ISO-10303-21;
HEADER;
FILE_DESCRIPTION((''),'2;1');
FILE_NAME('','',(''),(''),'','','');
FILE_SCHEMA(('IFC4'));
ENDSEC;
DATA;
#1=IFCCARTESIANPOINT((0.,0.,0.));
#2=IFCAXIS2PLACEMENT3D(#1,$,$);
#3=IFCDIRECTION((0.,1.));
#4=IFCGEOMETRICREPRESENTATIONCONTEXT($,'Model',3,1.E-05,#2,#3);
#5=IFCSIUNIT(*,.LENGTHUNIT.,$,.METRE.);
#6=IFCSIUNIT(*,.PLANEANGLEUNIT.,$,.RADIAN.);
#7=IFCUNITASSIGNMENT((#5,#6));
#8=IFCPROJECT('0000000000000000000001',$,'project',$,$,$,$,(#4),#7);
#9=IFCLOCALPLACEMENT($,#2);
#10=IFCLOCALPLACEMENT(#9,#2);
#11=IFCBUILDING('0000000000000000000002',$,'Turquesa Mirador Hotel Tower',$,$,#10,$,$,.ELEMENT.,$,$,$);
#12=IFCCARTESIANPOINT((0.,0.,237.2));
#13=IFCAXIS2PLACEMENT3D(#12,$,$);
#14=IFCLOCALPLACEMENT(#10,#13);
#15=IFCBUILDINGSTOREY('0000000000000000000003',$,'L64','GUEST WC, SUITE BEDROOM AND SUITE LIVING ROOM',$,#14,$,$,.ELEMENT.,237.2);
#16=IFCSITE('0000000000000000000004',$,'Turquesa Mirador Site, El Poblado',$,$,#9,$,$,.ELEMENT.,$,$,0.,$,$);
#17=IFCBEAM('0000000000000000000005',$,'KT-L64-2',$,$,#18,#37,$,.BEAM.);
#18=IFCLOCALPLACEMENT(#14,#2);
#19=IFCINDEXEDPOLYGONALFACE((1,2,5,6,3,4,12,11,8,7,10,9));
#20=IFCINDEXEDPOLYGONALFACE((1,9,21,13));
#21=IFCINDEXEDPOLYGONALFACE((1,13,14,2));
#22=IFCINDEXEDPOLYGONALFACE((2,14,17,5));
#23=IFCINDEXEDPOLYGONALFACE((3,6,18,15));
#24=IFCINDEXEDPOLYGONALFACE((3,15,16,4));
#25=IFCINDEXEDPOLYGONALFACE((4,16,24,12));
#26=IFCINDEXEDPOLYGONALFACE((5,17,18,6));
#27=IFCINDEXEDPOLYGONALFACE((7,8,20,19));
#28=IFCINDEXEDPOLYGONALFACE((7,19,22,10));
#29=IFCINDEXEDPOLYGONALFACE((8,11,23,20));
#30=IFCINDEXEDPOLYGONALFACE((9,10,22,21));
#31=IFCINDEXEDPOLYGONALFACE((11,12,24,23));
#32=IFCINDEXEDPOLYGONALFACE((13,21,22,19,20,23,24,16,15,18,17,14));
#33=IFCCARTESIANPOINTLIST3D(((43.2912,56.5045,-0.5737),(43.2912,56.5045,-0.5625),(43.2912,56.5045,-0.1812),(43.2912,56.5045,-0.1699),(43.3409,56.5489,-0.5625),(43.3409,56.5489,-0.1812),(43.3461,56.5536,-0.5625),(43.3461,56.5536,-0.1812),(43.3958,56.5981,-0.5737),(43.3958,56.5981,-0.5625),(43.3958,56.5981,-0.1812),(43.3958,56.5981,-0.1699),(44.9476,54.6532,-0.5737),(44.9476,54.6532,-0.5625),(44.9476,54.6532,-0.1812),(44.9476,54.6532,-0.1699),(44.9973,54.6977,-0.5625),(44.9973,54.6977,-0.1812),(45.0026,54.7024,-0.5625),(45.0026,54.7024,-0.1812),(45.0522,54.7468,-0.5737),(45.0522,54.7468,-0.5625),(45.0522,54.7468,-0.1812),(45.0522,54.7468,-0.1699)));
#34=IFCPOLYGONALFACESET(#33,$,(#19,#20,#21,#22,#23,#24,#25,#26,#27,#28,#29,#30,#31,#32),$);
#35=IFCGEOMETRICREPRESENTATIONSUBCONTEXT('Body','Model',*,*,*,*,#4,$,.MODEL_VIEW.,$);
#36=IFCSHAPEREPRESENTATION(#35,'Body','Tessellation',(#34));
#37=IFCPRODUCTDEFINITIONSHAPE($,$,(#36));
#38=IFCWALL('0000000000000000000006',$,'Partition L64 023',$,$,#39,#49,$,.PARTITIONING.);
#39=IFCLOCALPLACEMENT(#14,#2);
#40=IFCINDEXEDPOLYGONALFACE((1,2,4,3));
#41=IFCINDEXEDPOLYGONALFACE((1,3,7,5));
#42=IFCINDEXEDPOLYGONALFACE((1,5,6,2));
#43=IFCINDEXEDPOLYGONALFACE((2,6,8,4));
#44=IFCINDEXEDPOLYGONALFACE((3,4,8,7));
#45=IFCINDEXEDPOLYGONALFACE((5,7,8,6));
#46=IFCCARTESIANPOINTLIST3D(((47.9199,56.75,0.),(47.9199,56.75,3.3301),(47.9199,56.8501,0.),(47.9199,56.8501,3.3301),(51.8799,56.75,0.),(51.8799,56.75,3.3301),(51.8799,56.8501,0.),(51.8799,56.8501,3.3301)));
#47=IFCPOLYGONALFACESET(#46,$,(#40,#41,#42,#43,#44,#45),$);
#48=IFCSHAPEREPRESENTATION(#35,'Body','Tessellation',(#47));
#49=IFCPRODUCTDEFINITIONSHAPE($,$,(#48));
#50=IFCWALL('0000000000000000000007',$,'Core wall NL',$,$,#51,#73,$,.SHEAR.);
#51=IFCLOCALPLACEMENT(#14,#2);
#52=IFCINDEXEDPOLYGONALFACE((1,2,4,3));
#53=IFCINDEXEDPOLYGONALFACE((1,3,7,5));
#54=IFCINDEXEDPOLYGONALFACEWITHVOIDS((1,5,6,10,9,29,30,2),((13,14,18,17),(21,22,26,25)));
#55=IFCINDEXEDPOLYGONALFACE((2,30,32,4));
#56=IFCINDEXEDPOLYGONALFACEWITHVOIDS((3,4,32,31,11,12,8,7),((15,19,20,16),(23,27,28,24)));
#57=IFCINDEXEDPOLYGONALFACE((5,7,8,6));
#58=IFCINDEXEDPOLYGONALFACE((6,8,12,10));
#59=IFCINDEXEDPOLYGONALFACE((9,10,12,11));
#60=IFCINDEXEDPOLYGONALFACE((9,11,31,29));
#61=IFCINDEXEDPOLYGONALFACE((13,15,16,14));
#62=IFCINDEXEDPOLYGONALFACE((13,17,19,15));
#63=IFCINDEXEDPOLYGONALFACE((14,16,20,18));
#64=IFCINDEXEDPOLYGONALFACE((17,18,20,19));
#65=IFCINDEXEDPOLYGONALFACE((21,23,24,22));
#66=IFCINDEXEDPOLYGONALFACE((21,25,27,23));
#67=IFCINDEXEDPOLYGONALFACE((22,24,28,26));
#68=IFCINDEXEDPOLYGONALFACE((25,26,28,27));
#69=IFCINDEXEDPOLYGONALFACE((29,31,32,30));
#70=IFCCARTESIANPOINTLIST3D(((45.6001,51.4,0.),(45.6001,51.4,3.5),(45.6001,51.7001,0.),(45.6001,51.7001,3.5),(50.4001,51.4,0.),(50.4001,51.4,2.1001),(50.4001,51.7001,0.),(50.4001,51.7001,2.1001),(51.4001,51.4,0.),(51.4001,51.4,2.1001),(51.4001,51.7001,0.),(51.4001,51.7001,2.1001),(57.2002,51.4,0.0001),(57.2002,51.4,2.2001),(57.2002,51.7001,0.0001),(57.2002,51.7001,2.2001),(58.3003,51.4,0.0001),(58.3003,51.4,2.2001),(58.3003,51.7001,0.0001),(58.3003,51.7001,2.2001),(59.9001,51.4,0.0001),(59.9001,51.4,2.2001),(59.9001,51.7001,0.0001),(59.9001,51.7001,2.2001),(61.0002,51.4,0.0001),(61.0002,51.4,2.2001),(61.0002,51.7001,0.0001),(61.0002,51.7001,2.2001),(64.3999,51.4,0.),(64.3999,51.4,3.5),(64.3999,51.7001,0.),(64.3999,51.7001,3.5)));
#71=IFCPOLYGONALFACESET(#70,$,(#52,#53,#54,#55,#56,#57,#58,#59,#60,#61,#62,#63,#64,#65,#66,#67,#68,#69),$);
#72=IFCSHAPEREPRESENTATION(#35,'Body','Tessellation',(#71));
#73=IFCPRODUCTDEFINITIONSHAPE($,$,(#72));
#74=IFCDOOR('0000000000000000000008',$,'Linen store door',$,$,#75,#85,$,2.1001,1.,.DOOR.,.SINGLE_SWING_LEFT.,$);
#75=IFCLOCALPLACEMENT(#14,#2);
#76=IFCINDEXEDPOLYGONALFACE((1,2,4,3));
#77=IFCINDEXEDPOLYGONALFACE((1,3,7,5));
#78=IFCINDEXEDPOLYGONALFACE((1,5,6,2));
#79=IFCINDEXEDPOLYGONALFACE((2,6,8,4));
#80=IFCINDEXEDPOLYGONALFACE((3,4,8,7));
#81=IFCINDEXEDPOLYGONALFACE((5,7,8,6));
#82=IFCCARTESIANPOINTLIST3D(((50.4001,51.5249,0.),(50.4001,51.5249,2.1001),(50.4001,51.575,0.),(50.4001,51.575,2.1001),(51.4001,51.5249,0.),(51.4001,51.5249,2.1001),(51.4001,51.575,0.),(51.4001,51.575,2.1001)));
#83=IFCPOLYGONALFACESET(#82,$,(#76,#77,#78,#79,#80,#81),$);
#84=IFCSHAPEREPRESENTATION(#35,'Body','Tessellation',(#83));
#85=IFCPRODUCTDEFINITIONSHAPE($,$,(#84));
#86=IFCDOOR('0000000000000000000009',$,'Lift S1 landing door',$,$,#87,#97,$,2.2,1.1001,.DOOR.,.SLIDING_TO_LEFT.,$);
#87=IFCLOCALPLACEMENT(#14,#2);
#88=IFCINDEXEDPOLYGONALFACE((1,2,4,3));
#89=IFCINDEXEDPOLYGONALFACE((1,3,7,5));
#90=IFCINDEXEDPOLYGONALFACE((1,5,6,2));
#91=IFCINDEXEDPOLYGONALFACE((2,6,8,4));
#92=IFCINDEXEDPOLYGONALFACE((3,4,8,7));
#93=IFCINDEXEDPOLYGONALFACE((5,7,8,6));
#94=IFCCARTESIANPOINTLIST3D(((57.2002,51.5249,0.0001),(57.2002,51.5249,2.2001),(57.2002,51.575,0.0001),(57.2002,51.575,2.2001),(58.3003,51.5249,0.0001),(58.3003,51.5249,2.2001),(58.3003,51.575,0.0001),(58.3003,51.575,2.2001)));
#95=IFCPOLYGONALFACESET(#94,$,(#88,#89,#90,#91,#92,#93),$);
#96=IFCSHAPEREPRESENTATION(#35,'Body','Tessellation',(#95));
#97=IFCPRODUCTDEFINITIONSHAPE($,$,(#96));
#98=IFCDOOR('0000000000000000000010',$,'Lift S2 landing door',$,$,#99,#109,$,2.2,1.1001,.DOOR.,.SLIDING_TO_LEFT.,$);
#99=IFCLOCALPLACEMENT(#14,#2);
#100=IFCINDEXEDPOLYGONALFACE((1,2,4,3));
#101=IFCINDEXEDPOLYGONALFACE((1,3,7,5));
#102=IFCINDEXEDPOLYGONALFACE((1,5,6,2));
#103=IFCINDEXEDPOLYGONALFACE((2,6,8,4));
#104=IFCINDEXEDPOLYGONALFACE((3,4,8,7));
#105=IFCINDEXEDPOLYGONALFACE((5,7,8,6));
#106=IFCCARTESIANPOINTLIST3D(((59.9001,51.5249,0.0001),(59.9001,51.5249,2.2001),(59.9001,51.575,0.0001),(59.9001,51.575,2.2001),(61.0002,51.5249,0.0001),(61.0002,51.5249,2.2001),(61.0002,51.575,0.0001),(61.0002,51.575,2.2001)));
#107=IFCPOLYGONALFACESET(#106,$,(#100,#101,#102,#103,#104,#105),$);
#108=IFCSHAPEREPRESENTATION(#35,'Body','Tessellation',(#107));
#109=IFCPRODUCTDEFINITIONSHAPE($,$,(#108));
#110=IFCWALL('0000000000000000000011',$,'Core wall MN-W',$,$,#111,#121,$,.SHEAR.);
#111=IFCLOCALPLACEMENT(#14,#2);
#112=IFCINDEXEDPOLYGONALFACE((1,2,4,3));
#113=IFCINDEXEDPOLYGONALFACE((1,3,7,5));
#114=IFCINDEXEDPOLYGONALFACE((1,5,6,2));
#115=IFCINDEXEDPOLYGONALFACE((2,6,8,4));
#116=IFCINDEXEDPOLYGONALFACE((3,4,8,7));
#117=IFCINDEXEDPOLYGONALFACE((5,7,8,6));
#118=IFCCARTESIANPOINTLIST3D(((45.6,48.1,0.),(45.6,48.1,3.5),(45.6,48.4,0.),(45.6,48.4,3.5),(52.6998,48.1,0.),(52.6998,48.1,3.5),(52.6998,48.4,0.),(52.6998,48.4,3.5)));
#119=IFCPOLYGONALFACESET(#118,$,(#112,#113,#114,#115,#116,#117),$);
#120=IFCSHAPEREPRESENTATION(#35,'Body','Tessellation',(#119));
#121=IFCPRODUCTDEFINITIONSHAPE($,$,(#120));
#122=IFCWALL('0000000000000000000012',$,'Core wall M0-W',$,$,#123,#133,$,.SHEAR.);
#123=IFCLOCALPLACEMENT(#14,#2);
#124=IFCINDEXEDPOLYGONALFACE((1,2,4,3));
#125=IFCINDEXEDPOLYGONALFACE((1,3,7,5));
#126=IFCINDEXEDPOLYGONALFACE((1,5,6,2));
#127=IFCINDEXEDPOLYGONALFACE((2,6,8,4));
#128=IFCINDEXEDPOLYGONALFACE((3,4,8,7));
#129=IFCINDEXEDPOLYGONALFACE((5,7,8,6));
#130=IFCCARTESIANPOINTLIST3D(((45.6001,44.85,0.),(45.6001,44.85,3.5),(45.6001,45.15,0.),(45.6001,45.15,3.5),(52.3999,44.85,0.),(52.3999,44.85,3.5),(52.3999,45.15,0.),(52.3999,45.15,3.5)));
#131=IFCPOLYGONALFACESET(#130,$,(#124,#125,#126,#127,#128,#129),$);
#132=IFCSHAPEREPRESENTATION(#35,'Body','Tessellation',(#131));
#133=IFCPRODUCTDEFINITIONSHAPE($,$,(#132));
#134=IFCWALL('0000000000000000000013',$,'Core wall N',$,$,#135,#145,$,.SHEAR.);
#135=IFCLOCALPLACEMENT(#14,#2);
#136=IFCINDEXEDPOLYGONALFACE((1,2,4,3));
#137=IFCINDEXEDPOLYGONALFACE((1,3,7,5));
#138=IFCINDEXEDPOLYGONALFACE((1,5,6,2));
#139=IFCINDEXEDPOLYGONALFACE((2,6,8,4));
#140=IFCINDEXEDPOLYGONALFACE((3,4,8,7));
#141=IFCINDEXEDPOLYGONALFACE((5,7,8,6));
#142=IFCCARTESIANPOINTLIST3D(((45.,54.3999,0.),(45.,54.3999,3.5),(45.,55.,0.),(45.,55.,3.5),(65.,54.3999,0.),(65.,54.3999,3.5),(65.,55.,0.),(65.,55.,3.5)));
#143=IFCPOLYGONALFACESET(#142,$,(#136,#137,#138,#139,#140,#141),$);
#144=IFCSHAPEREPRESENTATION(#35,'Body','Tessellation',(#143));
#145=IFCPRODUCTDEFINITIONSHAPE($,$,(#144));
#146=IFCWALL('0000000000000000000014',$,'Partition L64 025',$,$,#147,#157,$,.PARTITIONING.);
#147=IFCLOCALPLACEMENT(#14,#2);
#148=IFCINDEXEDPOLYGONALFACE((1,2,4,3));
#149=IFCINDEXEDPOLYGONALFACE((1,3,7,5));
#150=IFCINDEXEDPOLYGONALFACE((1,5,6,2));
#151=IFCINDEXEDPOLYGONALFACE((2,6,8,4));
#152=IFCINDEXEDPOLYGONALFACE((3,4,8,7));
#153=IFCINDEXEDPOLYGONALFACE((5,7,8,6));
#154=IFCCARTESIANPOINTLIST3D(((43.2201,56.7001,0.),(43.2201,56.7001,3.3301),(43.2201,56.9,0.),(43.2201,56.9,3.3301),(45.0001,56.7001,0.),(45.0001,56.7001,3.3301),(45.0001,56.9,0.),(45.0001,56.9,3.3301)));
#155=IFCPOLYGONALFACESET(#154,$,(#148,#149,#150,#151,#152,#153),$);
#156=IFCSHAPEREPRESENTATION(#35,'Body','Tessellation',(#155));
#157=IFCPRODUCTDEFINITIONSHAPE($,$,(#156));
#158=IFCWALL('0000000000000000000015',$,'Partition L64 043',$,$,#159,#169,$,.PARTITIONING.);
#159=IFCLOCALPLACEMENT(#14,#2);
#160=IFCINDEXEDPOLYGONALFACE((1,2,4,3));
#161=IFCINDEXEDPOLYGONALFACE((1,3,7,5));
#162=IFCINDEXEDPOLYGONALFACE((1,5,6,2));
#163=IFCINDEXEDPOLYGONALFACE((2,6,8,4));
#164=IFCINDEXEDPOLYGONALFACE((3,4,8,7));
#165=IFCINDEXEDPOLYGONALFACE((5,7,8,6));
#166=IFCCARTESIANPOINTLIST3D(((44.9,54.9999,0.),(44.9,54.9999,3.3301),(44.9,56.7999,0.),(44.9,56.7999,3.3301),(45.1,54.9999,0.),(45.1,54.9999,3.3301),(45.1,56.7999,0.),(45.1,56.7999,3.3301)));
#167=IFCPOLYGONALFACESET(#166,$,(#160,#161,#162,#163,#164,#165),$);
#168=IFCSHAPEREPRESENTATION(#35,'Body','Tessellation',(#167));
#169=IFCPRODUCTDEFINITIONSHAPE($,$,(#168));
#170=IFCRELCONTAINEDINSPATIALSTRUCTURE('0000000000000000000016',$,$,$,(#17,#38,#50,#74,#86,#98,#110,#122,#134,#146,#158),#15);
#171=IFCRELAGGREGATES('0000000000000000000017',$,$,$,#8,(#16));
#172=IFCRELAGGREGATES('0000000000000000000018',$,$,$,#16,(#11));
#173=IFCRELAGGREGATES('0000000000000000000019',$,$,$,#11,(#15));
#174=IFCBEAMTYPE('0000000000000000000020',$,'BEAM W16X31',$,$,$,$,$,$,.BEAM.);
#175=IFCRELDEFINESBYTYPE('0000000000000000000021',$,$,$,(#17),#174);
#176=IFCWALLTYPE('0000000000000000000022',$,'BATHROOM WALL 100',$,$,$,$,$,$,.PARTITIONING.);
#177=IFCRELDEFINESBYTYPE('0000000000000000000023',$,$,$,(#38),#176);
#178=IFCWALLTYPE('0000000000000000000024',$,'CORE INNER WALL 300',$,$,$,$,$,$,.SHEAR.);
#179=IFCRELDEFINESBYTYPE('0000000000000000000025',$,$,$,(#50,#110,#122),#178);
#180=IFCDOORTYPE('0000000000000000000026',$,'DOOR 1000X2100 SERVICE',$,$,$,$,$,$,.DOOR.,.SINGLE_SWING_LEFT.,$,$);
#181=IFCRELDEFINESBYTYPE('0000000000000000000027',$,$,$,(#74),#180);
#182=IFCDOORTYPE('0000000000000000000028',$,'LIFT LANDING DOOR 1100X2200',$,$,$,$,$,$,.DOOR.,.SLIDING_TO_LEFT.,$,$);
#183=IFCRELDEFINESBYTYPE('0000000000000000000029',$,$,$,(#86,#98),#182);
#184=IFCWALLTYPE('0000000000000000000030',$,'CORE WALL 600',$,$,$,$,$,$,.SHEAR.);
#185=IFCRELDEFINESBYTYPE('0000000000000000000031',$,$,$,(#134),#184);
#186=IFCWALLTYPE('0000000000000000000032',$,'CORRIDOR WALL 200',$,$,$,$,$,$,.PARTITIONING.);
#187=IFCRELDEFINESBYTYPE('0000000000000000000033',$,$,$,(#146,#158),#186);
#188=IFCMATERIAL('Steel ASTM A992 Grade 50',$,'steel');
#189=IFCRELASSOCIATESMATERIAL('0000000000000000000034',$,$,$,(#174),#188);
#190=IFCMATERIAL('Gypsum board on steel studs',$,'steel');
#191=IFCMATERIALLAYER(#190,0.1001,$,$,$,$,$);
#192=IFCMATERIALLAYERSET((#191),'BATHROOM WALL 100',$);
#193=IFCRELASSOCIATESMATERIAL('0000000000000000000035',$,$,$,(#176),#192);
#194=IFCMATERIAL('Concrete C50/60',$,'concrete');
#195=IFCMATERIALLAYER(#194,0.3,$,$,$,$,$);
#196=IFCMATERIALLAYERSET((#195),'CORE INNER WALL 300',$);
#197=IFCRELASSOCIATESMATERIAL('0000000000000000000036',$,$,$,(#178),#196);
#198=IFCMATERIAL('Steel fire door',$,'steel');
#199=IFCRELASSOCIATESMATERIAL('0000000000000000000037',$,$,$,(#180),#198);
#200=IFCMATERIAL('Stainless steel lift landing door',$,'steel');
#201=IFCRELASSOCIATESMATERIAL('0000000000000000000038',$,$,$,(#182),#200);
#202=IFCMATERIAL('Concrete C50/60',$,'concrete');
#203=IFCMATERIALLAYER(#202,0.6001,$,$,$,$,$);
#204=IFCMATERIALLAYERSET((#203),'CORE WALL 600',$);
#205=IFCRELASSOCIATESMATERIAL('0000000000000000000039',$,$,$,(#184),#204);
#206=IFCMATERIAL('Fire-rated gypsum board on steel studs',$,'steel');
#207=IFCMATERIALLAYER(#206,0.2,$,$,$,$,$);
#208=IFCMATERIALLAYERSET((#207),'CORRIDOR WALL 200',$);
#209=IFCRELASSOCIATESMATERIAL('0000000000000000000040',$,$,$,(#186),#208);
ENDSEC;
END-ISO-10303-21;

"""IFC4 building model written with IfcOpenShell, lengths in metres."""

from ifc_helpers import new_model, si_unit, direction, frame, frame_2d, origin, origin_2d, place, context, subcontext, project, spatial, rectangle, i_section, extrude, material, layer, layer_set, material_profile, profile_set, type_object, element, fill, save


model = new_model("IFC4")

# Units and contexts
model_context = context("Model", 3, precision=1e-05, world=origin(), true_north=direction((0.0, 1.0)))
body_context = subcontext(model_context, "Body", "Model", "MODEL_VIEW")
ifc_project = project(units=[si_unit("LENGTHUNIT", "METRE"), si_unit("PLANEANGLEUNIT", "RADIAN")], contexts=[model_context])

# Site, building, storey
site_placement = place(None, origin())
site = spatial("IfcSite", under=ifc_project, at=site_placement, Name="Turquesa Mirador Site, El Poblado", CompositionType="ELEMENT", RefElevation=0.0)
building_placement = place(site_placement, origin())
building = spatial("IfcBuilding", under=site, at=building_placement, Name="Turquesa Mirador Hotel Tower", CompositionType="ELEMENT")
storey_placement = place(building_placement, frame((0.0, 0.0, 237.2)))
storey = spatial("IfcBuildingStorey", under=building, at=storey_placement, Name="L64", Description="GUEST WC, SUITE BEDROOM AND SUITE LIVING ROOM", CompositionType="ELEMENT", Elevation=237.2)

# Beam
ifc_material_1 = material(Name="Steel ASTM A992 Grade 50", Category="steel")
ifc_material_profile = material_profile(ifc_material_1, i_section(OverallWidth=0.1404, OverallDepth=0.4038, WebThickness=0.0071, FlangeThickness=0.0112, at=origin_2d()), Name="W16X31")
ifc_profile_set = profile_set([ifc_material_profile], Name="Steel ASTM A992 Grade 50")
beam_type = type_object("IfcBeamType", Name="BEAM W16X31", PredefinedType="BEAM", material=ifc_profile_set)
beam_placement = place(storey_placement, frame((43.3435, 56.5513, -0.3718), z_axis=(0.666806, -0.745231, 0.0), x_axis=(0.745231, 0.666806, 0.0)))
element("IfcBeam", 1, at=beam_placement, inside=storey, type_object=beam_type, Name="KT-L64-2", PredefinedType="BEAM", context=body_context, shape_type="SweptSolid", body=[
    extrude(i_section(OverallWidth=0.1404, OverallDepth=0.4038, WebThickness=0.0071, FlangeThickness=0.0112, at=origin_2d()), origin(), (0.0, 0.0, 1.0), 2.4841),
])

# Wall
ifc_material_2 = material(Name="Gypsum board on steel studs", Category="steel")
ifc_layer_1 = layer(ifc_material_2, 0.1001)
ifc_layer_set_1 = layer_set([ifc_layer_1], Name="BATHROOM WALL 100")
wall_type_1 = type_object("IfcWallType", Name="BATHROOM WALL 100", PredefinedType="PARTITIONING", material=ifc_layer_set_1)
wall_1_placement = place(storey_placement, frame((47.9199, 56.8, 0.0), z_axis=(0.0, 0.0, 1.0), x_axis=(1.0, 0.0, 0.0)))
element("IfcWall", 2, at=wall_1_placement, inside=storey, type_object=wall_type_1, Name="Partition L64 023", PredefinedType="PARTITIONING", context=body_context, shape_type="SweptSolid", body=[
    extrude(rectangle(XDim=3.96, YDim=0.1001, at=frame_2d((1.98, 0.0))), origin(), (0.0, 0.0, 1.0), 3.3301),
])

# Wall, openings, doors
ifc_material_3 = material(Name="Concrete C50/60", Category="concrete")
ifc_layer_2 = layer(ifc_material_3, 0.3)
ifc_layer_set_2 = layer_set([ifc_layer_2], Name="CORE INNER WALL 300")
wall_type_2 = type_object("IfcWallType", Name="CORE INNER WALL 300", PredefinedType="SHEAR", material=ifc_layer_set_2)
wall_2_placement = place(storey_placement, frame((45.6001, 51.55, 0.0), z_axis=(0.0, 0.0, 1.0), x_axis=(1.0, 0.0, 0.0)))
wall_2 = element("IfcWall", 3, at=wall_2_placement, inside=storey, type_object=wall_type_2, Name="Core wall NL", PredefinedType="SHEAR", context=body_context, shape_type="SweptSolid", body=[
    extrude(rectangle(XDim=18.7998, YDim=0.3, at=frame_2d((9.3999, 0.0))), origin(), (0.0, 0.0, 1.0), 3.5),
])
opening_1_placement = place(wall_2_placement, frame((4.8, 0.0, 0.0)))
opening_1 = element("IfcOpeningElement", 4, at=opening_1_placement, cuts=wall_2, PredefinedType="OPENING", context=body_context, shape_type="SweptSolid", body=[
    extrude(rectangle(XDim=1.0, YDim=2.1001, at=frame_2d((0.5, 1.05))), frame((0.0, 0.1599, 0.0), z_axis=(0.0, -1.0, 0.0), x_axis=(1.0, 0.0, 0.0)), (0.0, 0.0, 1.0), 0.3201),
])
opening_2_placement = place(wall_2_placement, frame((11.6001, 0.0, 0.0)))
opening_2 = element("IfcOpeningElement", 5, at=opening_2_placement, cuts=wall_2, PredefinedType="OPENING", context=body_context, shape_type="SweptSolid", body=[
    extrude(rectangle(XDim=1.1001, YDim=2.2, at=frame_2d((0.55, 1.1001))), frame((0.0, 0.1599, 0.0), z_axis=(0.0, -1.0, 0.0), x_axis=(1.0, 0.0, 0.0)), (0.0, 0.0, 1.0), 0.3201),
])
opening_3_placement = place(wall_2_placement, frame((14.3, 0.0, 0.0)))
opening_3 = element("IfcOpeningElement", 6, at=opening_3_placement, cuts=wall_2, PredefinedType="OPENING", context=body_context, shape_type="SweptSolid", body=[
    extrude(rectangle(XDim=1.1001, YDim=2.2, at=frame_2d((0.55, 1.1001))), frame((0.0, 0.1599, 0.0), z_axis=(0.0, -1.0, 0.0), x_axis=(1.0, 0.0, 0.0)), (0.0, 0.0, 1.0), 0.3201),
])
ifc_material_4 = material(Name="Steel fire door", Category="steel")
door_type_1 = type_object("IfcDoorType", Name="DOOR 1000X2100 SERVICE", OperationType="SINGLE_SWING_LEFT", PredefinedType="DOOR", material=ifc_material_4)
door_1_placement = place(opening_1_placement, origin())
door_1 = element("IfcDoor", 7, at=door_1_placement, inside=storey, type_object=door_type_1, Name="Linen store door", OperationType="SINGLE_SWING_LEFT", OverallHeight=2.1001, OverallWidth=1.0, PredefinedType="DOOR", context=body_context, shape_type="SweptSolid", body=[
    extrude(rectangle(XDim=1.0, YDim=2.1001, at=frame_2d((0.5, 1.05))), frame((0.0, 0.0249, 0.0), z_axis=(0.0, -1.0, 0.0), x_axis=(1.0, 0.0, 0.0)), (0.0, 0.0, 1.0), 0.05),
])
fill(opening_1, door_1)
ifc_material_5 = material(Name="Stainless steel lift landing door", Category="steel")
door_type_2 = type_object("IfcDoorType", Name="LIFT LANDING DOOR 1100X2200", OperationType="SLIDING_TO_LEFT", PredefinedType="DOOR", material=ifc_material_5)
door_2_placement = place(opening_2_placement, origin())
door_2 = element("IfcDoor", 8, at=door_2_placement, inside=storey, type_object=door_type_2, Name="Lift S1 landing door", OperationType="SLIDING_TO_LEFT", OverallHeight=2.2, OverallWidth=1.1001, PredefinedType="DOOR", context=body_context, shape_type="SweptSolid", body=[
    extrude(rectangle(XDim=1.1001, YDim=2.2, at=frame_2d((0.55, 1.1001))), frame((0.0, 0.0249, 0.0), z_axis=(0.0, -1.0, 0.0), x_axis=(1.0, 0.0, 0.0)), (0.0, 0.0, 1.0), 0.05),
])
fill(opening_2, door_2)
door_3_placement = place(opening_3_placement, origin())
door_3 = element("IfcDoor", 9, at=door_3_placement, inside=storey, type_object=door_type_2, Name="Lift S2 landing door", OperationType="SLIDING_TO_LEFT", OverallHeight=2.2, OverallWidth=1.1001, PredefinedType="DOOR", context=body_context, shape_type="SweptSolid", body=[
    extrude(rectangle(XDim=1.1001, YDim=2.2, at=frame_2d((0.55, 1.1001))), frame((0.0, 0.0249, 0.0), z_axis=(0.0, -1.0, 0.0), x_axis=(1.0, 0.0, 0.0)), (0.0, 0.0, 1.0), 0.05),
])
fill(opening_3, door_3)

# Walls
wall_3_placement = place(storey_placement, frame((45.6001, 48.25, 0.0), z_axis=(0.0, 0.0, 1.0), x_axis=(1.0, 0.0, 0.0)))
element("IfcWall", 10, at=wall_3_placement, inside=storey, type_object=wall_type_2, Name="Core wall MN-W", PredefinedType="SHEAR", context=body_context, shape_type="SweptSolid", body=[
    extrude(rectangle(XDim=7.0999, YDim=0.3, at=frame_2d((3.5498, 0.0))), origin(), (0.0, 0.0, 1.0), 3.5),
])
wall_4_placement = place(storey_placement, frame((45.6001, 45.0, 0.0), z_axis=(0.0, 0.0, 1.0), x_axis=(1.0, 0.0, 0.0)))
element("IfcWall", 11, at=wall_4_placement, inside=storey, type_object=wall_type_2, Name="Core wall M0-W", PredefinedType="SHEAR", context=body_context, shape_type="SweptSolid", body=[
    extrude(rectangle(XDim=6.7998, YDim=0.3, at=frame_2d((3.3999, 0.0))), origin(), (0.0, 0.0, 1.0), 3.5),
])
ifc_material_6 = material(Name="Concrete C50/60", Category="concrete")
ifc_layer_3 = layer(ifc_material_6, 0.6001)
ifc_layer_set_3 = layer_set([ifc_layer_3], Name="CORE WALL 600")
wall_type_3 = type_object("IfcWallType", Name="CORE WALL 600", PredefinedType="SHEAR", material=ifc_layer_set_3)
wall_5_placement = place(storey_placement, frame((45.0, 54.7, 0.0), z_axis=(0.0, 0.0, 1.0), x_axis=(1.0, 0.0, 0.0)))
element("IfcWall", 12, at=wall_5_placement, inside=storey, type_object=wall_type_3, Name="Core wall N", PredefinedType="SHEAR", context=body_context, shape_type="SweptSolid", body=[
    extrude(rectangle(XDim=20.0, YDim=0.6001, at=frame_2d((10.0, 0.0))), origin(), (0.0, 0.0, 1.0), 3.5),
])
ifc_material_7 = material(Name="Fire-rated gypsum board on steel studs", Category="steel")
ifc_layer_4 = layer(ifc_material_7, 0.2)
ifc_layer_set_4 = layer_set([ifc_layer_4], Name="CORRIDOR WALL 200")
wall_type_4 = type_object("IfcWallType", Name="CORRIDOR WALL 200", PredefinedType="PARTITIONING", material=ifc_layer_set_4)
wall_6_placement = place(storey_placement, frame((43.22, 56.8, 0.0), z_axis=(0.0, 0.0, 1.0), x_axis=(1.0, 0.0, 0.0)))
element("IfcWall", 13, at=wall_6_placement, inside=storey, type_object=wall_type_4, Name="Partition L64 025", PredefinedType="PARTITIONING", context=body_context, shape_type="SweptSolid", body=[
    extrude(rectangle(XDim=1.78, YDim=0.2, at=frame_2d((0.8901, 0.0))), origin(), (0.0, 0.0, 1.0), 3.3301),
])
wall_7_placement = place(storey_placement, frame((45.0, 55.0, 0.0), z_axis=(0.0, 0.0, 1.0), x_axis=(0.0, 1.0, 0.0)))
element("IfcWall", 14, at=wall_7_placement, inside=storey, type_object=wall_type_4, Name="Partition L64 043", PredefinedType="PARTITIONING", context=body_context, shape_type="SweptSolid", body=[
    extrude(rectangle(XDim=1.8, YDim=0.2, at=frame_2d((0.8999, 0.0))), origin(), (0.0, 0.0, 1.0), 3.3301),
])

save(model, "model.ifc")
